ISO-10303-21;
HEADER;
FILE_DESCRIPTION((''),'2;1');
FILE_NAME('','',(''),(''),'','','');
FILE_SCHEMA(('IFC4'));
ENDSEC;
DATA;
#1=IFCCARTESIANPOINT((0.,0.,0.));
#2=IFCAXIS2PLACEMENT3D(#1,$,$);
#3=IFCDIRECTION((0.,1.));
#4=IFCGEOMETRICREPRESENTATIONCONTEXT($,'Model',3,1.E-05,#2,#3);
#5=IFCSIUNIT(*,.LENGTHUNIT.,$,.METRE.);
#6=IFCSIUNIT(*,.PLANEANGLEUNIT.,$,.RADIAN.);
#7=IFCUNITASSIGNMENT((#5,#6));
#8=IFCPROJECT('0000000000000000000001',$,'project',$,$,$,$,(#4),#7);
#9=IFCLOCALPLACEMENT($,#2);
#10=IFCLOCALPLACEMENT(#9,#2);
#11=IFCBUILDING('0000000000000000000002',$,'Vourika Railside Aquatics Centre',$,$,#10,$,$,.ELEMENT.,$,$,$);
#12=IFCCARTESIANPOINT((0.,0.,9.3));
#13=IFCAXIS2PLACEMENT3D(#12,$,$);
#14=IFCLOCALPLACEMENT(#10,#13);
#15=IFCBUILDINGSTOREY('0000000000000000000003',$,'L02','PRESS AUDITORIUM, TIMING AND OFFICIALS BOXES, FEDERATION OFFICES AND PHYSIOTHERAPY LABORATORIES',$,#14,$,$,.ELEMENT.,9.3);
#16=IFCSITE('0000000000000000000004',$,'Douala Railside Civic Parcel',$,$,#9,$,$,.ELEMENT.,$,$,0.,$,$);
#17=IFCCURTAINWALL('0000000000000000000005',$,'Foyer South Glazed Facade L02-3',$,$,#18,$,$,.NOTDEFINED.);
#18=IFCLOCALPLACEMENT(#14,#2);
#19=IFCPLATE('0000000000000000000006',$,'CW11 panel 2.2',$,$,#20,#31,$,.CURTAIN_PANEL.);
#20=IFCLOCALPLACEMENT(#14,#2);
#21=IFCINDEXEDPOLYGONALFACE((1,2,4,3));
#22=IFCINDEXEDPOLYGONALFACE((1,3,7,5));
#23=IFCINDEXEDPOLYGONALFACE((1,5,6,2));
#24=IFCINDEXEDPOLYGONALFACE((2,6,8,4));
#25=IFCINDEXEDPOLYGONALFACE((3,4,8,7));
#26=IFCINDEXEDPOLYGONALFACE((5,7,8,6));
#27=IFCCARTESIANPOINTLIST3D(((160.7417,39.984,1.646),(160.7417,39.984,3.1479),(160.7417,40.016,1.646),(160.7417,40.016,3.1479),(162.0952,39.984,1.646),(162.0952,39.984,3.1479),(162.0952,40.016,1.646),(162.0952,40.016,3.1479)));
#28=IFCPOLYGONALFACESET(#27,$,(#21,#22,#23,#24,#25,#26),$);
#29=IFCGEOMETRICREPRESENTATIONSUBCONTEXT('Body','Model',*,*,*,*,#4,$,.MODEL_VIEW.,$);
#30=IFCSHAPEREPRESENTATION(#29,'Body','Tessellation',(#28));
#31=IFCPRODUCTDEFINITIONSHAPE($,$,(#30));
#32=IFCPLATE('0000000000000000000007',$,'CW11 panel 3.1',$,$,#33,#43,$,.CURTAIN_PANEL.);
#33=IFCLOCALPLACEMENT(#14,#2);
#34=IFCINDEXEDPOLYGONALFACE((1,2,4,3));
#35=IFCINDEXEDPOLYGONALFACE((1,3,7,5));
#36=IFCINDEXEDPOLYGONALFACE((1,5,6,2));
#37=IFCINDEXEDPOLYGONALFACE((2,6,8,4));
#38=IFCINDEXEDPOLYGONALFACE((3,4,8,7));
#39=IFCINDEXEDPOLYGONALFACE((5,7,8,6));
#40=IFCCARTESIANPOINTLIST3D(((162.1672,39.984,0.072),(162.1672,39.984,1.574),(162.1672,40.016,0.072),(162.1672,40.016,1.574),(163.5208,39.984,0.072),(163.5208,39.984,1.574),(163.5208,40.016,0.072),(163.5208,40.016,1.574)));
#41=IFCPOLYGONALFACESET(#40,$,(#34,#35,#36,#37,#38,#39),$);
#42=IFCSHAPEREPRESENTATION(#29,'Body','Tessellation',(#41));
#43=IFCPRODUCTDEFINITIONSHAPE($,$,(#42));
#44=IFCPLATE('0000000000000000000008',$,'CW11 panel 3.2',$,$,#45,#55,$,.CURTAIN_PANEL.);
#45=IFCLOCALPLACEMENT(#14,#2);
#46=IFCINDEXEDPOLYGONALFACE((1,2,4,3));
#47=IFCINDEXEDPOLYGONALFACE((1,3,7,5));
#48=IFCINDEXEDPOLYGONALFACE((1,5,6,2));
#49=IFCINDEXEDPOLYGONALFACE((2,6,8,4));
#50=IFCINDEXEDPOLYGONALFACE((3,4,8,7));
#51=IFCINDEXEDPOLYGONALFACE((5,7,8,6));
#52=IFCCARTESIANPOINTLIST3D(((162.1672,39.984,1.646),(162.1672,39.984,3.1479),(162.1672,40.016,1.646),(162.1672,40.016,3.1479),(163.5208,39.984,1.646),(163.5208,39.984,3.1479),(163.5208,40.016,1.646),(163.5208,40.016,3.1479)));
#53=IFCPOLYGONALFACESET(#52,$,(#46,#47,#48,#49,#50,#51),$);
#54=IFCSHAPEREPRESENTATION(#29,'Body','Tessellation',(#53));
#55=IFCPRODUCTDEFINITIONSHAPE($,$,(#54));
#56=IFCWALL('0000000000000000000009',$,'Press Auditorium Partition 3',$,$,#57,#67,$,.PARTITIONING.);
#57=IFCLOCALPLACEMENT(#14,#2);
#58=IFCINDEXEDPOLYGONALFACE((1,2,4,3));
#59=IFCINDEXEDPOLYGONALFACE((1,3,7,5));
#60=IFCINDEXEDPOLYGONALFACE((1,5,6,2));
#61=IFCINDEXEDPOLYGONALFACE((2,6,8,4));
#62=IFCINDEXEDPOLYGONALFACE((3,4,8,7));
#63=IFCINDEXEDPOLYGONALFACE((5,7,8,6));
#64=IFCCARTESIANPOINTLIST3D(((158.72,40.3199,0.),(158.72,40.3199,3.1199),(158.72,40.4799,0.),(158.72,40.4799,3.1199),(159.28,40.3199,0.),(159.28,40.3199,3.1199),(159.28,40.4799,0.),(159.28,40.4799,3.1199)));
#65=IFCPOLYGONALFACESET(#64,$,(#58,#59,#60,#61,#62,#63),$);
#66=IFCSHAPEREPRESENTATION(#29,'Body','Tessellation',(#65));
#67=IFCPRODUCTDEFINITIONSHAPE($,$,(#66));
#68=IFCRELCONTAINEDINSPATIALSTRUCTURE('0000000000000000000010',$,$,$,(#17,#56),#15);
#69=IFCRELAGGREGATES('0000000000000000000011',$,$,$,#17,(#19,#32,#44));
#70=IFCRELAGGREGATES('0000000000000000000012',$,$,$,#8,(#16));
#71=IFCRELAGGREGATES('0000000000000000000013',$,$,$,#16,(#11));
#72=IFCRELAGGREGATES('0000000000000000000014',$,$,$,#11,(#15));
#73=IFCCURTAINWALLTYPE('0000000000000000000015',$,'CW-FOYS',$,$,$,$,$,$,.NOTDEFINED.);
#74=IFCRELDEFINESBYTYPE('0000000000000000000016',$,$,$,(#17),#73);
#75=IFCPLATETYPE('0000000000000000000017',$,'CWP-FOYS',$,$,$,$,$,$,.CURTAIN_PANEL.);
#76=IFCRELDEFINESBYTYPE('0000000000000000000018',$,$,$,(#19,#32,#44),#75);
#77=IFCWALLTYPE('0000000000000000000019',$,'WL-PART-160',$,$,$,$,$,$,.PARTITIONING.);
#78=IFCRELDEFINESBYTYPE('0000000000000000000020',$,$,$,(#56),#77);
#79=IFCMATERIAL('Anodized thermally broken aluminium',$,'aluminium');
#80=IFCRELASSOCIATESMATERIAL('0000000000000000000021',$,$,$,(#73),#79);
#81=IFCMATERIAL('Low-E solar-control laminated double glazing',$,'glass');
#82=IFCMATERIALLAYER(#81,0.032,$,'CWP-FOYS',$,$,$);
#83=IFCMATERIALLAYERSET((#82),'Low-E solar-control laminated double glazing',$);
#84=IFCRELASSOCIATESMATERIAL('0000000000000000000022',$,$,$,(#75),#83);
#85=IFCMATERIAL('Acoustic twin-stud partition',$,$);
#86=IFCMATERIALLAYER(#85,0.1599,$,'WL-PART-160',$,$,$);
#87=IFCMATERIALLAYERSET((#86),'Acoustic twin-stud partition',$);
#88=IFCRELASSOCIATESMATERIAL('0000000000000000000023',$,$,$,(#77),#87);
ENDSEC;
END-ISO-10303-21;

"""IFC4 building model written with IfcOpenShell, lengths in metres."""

from ifc_helpers import new_model, si_unit, direction, frame, frame_2d, origin, origin_2d, place, context, subcontext, project, spatial, rectangle, extrude, material, layer, layer_set, type_object, element, aggregate, save


model = new_model("IFC4")

# Units and contexts
model_context = context("Model", 3, precision=1e-05, world=origin(), true_north=direction((0.0, 1.0)))
body_context = subcontext(model_context, "Body", "Model", "MODEL_VIEW")
ifc_project = project(units=[si_unit("LENGTHUNIT", "METRE"), si_unit("PLANEANGLEUNIT", "RADIAN")], contexts=[model_context])

# Site, building, storey
site_placement = place(None, origin())
site = spatial("IfcSite", under=ifc_project, at=site_placement, Name="Douala Railside Civic Parcel", CompositionType="ELEMENT", RefElevation=0.0)
building_placement = place(site_placement, origin())
building = spatial("IfcBuilding", under=site, at=building_placement, Name="Vourika Railside Aquatics Centre", CompositionType="ELEMENT")
storey_placement = place(building_placement, frame((0.0, 0.0, 9.3)))
storey = spatial("IfcBuildingStorey", under=building, at=storey_placement, Name="L02", Description="PRESS AUDITORIUM, TIMING AND OFFICIALS BOXES, FEDERATION OFFICES AND PHYSIOTHERAPY LABORATORIES", CompositionType="ELEMENT", Elevation=9.3)

# Shared definitions
ifc_material_1 = material(Name="Anodized thermally broken aluminium", Category="aluminium")
curtain_wall_type = type_object("IfcCurtainWallType", Name="CW-FOYS", PredefinedType="NOTDEFINED", material=ifc_material_1)

# Curtain wall
curtain_wall_1_placement = place(storey_placement, origin())
curtain_wall_1 = element("IfcCurtainWall", 1, at=curtain_wall_1_placement, inside=storey, type_object=curtain_wall_type, Name="Foyer South Glazed Facade L02-3", PredefinedType="NOTDEFINED")

# Plates
ifc_material_2 = material(Name="Low-E solar-control laminated double glazing", Category="glass")
ifc_layer_1 = layer(ifc_material_2, 0.032, Name="CWP-FOYS")
ifc_layer_set_1 = layer_set([ifc_layer_1], Name="Low-E solar-control laminated double glazing")
plate_type = type_object("IfcPlateType", Name="CWP-FOYS", PredefinedType="CURTAIN_PANEL", material=ifc_layer_set_1)
plate_1_placement = place(storey_placement, frame((161.4185, 40.0, 1.646), z_axis=(0.0, 0.0, 1.0), x_axis=(1.0, 0.0, 0.0)))
plate_1 = element("IfcPlate", 2, at=plate_1_placement, type_object=plate_type, Name="CW11 panel 2.2", PredefinedType="CURTAIN_PANEL", context=body_context, shape_type="SweptSolid", body=[
    extrude(rectangle(XDim=1.3535, YDim=0.032, at=origin_2d()), origin(), (0.0, 0.0, 1.0), 1.502),
])
plate_2_placement = place(storey_placement, frame((162.844, 40.0, 0.072), z_axis=(0.0, 0.0, 1.0), x_axis=(1.0, 0.0, 0.0)))
plate_2 = element("IfcPlate", 3, at=plate_2_placement, type_object=plate_type, Name="CW11 panel 3.1", PredefinedType="CURTAIN_PANEL", context=body_context, shape_type="SweptSolid", body=[
    extrude(rectangle(XDim=1.3535, YDim=0.032, at=origin_2d()), origin(), (0.0, 0.0, 1.0), 1.502),
])
plate_3_placement = place(storey_placement, frame((162.844, 40.0, 1.646), z_axis=(0.0, 0.0, 1.0), x_axis=(1.0, 0.0, 0.0)))
plate_3 = element("IfcPlate", 4, at=plate_3_placement, type_object=plate_type, Name="CW11 panel 3.2", PredefinedType="CURTAIN_PANEL", context=body_context, shape_type="SweptSolid", body=[
    extrude(rectangle(XDim=1.3535, YDim=0.032, at=origin_2d()), origin(), (0.0, 0.0, 1.0), 1.502),
])
aggregate(curtain_wall_1, [plate_1, plate_2, plate_3])

# Wall
ifc_material_3 = material(Name="Acoustic twin-stud partition")
ifc_layer_2 = layer(ifc_material_3, 0.1599, Name="WL-PART-160")
ifc_layer_set_2 = layer_set([ifc_layer_2], Name="Acoustic twin-stud partition")
wall_type = type_object("IfcWallType", Name="WL-PART-160", PredefinedType="PARTITIONING", material=ifc_layer_set_2)
wall_placement = place(storey_placement, frame((159.28, 40.3999, 0.0), z_axis=(0.0, 0.0, 1.0), x_axis=(-1.0, 0.0, 0.0)))
element("IfcWall", 5, at=wall_placement, inside=storey, type_object=wall_type, Name="Press Auditorium Partition 3", PredefinedType="PARTITIONING", context=body_context, shape_type="SweptSolid", body=[
    extrude(rectangle(XDim=0.5601, YDim=0.1599, at=frame_2d((0.28, 0.0))), origin(), (0.0, 0.0, 1.0), 3.1199),
])

save(model, "model.ifc")
